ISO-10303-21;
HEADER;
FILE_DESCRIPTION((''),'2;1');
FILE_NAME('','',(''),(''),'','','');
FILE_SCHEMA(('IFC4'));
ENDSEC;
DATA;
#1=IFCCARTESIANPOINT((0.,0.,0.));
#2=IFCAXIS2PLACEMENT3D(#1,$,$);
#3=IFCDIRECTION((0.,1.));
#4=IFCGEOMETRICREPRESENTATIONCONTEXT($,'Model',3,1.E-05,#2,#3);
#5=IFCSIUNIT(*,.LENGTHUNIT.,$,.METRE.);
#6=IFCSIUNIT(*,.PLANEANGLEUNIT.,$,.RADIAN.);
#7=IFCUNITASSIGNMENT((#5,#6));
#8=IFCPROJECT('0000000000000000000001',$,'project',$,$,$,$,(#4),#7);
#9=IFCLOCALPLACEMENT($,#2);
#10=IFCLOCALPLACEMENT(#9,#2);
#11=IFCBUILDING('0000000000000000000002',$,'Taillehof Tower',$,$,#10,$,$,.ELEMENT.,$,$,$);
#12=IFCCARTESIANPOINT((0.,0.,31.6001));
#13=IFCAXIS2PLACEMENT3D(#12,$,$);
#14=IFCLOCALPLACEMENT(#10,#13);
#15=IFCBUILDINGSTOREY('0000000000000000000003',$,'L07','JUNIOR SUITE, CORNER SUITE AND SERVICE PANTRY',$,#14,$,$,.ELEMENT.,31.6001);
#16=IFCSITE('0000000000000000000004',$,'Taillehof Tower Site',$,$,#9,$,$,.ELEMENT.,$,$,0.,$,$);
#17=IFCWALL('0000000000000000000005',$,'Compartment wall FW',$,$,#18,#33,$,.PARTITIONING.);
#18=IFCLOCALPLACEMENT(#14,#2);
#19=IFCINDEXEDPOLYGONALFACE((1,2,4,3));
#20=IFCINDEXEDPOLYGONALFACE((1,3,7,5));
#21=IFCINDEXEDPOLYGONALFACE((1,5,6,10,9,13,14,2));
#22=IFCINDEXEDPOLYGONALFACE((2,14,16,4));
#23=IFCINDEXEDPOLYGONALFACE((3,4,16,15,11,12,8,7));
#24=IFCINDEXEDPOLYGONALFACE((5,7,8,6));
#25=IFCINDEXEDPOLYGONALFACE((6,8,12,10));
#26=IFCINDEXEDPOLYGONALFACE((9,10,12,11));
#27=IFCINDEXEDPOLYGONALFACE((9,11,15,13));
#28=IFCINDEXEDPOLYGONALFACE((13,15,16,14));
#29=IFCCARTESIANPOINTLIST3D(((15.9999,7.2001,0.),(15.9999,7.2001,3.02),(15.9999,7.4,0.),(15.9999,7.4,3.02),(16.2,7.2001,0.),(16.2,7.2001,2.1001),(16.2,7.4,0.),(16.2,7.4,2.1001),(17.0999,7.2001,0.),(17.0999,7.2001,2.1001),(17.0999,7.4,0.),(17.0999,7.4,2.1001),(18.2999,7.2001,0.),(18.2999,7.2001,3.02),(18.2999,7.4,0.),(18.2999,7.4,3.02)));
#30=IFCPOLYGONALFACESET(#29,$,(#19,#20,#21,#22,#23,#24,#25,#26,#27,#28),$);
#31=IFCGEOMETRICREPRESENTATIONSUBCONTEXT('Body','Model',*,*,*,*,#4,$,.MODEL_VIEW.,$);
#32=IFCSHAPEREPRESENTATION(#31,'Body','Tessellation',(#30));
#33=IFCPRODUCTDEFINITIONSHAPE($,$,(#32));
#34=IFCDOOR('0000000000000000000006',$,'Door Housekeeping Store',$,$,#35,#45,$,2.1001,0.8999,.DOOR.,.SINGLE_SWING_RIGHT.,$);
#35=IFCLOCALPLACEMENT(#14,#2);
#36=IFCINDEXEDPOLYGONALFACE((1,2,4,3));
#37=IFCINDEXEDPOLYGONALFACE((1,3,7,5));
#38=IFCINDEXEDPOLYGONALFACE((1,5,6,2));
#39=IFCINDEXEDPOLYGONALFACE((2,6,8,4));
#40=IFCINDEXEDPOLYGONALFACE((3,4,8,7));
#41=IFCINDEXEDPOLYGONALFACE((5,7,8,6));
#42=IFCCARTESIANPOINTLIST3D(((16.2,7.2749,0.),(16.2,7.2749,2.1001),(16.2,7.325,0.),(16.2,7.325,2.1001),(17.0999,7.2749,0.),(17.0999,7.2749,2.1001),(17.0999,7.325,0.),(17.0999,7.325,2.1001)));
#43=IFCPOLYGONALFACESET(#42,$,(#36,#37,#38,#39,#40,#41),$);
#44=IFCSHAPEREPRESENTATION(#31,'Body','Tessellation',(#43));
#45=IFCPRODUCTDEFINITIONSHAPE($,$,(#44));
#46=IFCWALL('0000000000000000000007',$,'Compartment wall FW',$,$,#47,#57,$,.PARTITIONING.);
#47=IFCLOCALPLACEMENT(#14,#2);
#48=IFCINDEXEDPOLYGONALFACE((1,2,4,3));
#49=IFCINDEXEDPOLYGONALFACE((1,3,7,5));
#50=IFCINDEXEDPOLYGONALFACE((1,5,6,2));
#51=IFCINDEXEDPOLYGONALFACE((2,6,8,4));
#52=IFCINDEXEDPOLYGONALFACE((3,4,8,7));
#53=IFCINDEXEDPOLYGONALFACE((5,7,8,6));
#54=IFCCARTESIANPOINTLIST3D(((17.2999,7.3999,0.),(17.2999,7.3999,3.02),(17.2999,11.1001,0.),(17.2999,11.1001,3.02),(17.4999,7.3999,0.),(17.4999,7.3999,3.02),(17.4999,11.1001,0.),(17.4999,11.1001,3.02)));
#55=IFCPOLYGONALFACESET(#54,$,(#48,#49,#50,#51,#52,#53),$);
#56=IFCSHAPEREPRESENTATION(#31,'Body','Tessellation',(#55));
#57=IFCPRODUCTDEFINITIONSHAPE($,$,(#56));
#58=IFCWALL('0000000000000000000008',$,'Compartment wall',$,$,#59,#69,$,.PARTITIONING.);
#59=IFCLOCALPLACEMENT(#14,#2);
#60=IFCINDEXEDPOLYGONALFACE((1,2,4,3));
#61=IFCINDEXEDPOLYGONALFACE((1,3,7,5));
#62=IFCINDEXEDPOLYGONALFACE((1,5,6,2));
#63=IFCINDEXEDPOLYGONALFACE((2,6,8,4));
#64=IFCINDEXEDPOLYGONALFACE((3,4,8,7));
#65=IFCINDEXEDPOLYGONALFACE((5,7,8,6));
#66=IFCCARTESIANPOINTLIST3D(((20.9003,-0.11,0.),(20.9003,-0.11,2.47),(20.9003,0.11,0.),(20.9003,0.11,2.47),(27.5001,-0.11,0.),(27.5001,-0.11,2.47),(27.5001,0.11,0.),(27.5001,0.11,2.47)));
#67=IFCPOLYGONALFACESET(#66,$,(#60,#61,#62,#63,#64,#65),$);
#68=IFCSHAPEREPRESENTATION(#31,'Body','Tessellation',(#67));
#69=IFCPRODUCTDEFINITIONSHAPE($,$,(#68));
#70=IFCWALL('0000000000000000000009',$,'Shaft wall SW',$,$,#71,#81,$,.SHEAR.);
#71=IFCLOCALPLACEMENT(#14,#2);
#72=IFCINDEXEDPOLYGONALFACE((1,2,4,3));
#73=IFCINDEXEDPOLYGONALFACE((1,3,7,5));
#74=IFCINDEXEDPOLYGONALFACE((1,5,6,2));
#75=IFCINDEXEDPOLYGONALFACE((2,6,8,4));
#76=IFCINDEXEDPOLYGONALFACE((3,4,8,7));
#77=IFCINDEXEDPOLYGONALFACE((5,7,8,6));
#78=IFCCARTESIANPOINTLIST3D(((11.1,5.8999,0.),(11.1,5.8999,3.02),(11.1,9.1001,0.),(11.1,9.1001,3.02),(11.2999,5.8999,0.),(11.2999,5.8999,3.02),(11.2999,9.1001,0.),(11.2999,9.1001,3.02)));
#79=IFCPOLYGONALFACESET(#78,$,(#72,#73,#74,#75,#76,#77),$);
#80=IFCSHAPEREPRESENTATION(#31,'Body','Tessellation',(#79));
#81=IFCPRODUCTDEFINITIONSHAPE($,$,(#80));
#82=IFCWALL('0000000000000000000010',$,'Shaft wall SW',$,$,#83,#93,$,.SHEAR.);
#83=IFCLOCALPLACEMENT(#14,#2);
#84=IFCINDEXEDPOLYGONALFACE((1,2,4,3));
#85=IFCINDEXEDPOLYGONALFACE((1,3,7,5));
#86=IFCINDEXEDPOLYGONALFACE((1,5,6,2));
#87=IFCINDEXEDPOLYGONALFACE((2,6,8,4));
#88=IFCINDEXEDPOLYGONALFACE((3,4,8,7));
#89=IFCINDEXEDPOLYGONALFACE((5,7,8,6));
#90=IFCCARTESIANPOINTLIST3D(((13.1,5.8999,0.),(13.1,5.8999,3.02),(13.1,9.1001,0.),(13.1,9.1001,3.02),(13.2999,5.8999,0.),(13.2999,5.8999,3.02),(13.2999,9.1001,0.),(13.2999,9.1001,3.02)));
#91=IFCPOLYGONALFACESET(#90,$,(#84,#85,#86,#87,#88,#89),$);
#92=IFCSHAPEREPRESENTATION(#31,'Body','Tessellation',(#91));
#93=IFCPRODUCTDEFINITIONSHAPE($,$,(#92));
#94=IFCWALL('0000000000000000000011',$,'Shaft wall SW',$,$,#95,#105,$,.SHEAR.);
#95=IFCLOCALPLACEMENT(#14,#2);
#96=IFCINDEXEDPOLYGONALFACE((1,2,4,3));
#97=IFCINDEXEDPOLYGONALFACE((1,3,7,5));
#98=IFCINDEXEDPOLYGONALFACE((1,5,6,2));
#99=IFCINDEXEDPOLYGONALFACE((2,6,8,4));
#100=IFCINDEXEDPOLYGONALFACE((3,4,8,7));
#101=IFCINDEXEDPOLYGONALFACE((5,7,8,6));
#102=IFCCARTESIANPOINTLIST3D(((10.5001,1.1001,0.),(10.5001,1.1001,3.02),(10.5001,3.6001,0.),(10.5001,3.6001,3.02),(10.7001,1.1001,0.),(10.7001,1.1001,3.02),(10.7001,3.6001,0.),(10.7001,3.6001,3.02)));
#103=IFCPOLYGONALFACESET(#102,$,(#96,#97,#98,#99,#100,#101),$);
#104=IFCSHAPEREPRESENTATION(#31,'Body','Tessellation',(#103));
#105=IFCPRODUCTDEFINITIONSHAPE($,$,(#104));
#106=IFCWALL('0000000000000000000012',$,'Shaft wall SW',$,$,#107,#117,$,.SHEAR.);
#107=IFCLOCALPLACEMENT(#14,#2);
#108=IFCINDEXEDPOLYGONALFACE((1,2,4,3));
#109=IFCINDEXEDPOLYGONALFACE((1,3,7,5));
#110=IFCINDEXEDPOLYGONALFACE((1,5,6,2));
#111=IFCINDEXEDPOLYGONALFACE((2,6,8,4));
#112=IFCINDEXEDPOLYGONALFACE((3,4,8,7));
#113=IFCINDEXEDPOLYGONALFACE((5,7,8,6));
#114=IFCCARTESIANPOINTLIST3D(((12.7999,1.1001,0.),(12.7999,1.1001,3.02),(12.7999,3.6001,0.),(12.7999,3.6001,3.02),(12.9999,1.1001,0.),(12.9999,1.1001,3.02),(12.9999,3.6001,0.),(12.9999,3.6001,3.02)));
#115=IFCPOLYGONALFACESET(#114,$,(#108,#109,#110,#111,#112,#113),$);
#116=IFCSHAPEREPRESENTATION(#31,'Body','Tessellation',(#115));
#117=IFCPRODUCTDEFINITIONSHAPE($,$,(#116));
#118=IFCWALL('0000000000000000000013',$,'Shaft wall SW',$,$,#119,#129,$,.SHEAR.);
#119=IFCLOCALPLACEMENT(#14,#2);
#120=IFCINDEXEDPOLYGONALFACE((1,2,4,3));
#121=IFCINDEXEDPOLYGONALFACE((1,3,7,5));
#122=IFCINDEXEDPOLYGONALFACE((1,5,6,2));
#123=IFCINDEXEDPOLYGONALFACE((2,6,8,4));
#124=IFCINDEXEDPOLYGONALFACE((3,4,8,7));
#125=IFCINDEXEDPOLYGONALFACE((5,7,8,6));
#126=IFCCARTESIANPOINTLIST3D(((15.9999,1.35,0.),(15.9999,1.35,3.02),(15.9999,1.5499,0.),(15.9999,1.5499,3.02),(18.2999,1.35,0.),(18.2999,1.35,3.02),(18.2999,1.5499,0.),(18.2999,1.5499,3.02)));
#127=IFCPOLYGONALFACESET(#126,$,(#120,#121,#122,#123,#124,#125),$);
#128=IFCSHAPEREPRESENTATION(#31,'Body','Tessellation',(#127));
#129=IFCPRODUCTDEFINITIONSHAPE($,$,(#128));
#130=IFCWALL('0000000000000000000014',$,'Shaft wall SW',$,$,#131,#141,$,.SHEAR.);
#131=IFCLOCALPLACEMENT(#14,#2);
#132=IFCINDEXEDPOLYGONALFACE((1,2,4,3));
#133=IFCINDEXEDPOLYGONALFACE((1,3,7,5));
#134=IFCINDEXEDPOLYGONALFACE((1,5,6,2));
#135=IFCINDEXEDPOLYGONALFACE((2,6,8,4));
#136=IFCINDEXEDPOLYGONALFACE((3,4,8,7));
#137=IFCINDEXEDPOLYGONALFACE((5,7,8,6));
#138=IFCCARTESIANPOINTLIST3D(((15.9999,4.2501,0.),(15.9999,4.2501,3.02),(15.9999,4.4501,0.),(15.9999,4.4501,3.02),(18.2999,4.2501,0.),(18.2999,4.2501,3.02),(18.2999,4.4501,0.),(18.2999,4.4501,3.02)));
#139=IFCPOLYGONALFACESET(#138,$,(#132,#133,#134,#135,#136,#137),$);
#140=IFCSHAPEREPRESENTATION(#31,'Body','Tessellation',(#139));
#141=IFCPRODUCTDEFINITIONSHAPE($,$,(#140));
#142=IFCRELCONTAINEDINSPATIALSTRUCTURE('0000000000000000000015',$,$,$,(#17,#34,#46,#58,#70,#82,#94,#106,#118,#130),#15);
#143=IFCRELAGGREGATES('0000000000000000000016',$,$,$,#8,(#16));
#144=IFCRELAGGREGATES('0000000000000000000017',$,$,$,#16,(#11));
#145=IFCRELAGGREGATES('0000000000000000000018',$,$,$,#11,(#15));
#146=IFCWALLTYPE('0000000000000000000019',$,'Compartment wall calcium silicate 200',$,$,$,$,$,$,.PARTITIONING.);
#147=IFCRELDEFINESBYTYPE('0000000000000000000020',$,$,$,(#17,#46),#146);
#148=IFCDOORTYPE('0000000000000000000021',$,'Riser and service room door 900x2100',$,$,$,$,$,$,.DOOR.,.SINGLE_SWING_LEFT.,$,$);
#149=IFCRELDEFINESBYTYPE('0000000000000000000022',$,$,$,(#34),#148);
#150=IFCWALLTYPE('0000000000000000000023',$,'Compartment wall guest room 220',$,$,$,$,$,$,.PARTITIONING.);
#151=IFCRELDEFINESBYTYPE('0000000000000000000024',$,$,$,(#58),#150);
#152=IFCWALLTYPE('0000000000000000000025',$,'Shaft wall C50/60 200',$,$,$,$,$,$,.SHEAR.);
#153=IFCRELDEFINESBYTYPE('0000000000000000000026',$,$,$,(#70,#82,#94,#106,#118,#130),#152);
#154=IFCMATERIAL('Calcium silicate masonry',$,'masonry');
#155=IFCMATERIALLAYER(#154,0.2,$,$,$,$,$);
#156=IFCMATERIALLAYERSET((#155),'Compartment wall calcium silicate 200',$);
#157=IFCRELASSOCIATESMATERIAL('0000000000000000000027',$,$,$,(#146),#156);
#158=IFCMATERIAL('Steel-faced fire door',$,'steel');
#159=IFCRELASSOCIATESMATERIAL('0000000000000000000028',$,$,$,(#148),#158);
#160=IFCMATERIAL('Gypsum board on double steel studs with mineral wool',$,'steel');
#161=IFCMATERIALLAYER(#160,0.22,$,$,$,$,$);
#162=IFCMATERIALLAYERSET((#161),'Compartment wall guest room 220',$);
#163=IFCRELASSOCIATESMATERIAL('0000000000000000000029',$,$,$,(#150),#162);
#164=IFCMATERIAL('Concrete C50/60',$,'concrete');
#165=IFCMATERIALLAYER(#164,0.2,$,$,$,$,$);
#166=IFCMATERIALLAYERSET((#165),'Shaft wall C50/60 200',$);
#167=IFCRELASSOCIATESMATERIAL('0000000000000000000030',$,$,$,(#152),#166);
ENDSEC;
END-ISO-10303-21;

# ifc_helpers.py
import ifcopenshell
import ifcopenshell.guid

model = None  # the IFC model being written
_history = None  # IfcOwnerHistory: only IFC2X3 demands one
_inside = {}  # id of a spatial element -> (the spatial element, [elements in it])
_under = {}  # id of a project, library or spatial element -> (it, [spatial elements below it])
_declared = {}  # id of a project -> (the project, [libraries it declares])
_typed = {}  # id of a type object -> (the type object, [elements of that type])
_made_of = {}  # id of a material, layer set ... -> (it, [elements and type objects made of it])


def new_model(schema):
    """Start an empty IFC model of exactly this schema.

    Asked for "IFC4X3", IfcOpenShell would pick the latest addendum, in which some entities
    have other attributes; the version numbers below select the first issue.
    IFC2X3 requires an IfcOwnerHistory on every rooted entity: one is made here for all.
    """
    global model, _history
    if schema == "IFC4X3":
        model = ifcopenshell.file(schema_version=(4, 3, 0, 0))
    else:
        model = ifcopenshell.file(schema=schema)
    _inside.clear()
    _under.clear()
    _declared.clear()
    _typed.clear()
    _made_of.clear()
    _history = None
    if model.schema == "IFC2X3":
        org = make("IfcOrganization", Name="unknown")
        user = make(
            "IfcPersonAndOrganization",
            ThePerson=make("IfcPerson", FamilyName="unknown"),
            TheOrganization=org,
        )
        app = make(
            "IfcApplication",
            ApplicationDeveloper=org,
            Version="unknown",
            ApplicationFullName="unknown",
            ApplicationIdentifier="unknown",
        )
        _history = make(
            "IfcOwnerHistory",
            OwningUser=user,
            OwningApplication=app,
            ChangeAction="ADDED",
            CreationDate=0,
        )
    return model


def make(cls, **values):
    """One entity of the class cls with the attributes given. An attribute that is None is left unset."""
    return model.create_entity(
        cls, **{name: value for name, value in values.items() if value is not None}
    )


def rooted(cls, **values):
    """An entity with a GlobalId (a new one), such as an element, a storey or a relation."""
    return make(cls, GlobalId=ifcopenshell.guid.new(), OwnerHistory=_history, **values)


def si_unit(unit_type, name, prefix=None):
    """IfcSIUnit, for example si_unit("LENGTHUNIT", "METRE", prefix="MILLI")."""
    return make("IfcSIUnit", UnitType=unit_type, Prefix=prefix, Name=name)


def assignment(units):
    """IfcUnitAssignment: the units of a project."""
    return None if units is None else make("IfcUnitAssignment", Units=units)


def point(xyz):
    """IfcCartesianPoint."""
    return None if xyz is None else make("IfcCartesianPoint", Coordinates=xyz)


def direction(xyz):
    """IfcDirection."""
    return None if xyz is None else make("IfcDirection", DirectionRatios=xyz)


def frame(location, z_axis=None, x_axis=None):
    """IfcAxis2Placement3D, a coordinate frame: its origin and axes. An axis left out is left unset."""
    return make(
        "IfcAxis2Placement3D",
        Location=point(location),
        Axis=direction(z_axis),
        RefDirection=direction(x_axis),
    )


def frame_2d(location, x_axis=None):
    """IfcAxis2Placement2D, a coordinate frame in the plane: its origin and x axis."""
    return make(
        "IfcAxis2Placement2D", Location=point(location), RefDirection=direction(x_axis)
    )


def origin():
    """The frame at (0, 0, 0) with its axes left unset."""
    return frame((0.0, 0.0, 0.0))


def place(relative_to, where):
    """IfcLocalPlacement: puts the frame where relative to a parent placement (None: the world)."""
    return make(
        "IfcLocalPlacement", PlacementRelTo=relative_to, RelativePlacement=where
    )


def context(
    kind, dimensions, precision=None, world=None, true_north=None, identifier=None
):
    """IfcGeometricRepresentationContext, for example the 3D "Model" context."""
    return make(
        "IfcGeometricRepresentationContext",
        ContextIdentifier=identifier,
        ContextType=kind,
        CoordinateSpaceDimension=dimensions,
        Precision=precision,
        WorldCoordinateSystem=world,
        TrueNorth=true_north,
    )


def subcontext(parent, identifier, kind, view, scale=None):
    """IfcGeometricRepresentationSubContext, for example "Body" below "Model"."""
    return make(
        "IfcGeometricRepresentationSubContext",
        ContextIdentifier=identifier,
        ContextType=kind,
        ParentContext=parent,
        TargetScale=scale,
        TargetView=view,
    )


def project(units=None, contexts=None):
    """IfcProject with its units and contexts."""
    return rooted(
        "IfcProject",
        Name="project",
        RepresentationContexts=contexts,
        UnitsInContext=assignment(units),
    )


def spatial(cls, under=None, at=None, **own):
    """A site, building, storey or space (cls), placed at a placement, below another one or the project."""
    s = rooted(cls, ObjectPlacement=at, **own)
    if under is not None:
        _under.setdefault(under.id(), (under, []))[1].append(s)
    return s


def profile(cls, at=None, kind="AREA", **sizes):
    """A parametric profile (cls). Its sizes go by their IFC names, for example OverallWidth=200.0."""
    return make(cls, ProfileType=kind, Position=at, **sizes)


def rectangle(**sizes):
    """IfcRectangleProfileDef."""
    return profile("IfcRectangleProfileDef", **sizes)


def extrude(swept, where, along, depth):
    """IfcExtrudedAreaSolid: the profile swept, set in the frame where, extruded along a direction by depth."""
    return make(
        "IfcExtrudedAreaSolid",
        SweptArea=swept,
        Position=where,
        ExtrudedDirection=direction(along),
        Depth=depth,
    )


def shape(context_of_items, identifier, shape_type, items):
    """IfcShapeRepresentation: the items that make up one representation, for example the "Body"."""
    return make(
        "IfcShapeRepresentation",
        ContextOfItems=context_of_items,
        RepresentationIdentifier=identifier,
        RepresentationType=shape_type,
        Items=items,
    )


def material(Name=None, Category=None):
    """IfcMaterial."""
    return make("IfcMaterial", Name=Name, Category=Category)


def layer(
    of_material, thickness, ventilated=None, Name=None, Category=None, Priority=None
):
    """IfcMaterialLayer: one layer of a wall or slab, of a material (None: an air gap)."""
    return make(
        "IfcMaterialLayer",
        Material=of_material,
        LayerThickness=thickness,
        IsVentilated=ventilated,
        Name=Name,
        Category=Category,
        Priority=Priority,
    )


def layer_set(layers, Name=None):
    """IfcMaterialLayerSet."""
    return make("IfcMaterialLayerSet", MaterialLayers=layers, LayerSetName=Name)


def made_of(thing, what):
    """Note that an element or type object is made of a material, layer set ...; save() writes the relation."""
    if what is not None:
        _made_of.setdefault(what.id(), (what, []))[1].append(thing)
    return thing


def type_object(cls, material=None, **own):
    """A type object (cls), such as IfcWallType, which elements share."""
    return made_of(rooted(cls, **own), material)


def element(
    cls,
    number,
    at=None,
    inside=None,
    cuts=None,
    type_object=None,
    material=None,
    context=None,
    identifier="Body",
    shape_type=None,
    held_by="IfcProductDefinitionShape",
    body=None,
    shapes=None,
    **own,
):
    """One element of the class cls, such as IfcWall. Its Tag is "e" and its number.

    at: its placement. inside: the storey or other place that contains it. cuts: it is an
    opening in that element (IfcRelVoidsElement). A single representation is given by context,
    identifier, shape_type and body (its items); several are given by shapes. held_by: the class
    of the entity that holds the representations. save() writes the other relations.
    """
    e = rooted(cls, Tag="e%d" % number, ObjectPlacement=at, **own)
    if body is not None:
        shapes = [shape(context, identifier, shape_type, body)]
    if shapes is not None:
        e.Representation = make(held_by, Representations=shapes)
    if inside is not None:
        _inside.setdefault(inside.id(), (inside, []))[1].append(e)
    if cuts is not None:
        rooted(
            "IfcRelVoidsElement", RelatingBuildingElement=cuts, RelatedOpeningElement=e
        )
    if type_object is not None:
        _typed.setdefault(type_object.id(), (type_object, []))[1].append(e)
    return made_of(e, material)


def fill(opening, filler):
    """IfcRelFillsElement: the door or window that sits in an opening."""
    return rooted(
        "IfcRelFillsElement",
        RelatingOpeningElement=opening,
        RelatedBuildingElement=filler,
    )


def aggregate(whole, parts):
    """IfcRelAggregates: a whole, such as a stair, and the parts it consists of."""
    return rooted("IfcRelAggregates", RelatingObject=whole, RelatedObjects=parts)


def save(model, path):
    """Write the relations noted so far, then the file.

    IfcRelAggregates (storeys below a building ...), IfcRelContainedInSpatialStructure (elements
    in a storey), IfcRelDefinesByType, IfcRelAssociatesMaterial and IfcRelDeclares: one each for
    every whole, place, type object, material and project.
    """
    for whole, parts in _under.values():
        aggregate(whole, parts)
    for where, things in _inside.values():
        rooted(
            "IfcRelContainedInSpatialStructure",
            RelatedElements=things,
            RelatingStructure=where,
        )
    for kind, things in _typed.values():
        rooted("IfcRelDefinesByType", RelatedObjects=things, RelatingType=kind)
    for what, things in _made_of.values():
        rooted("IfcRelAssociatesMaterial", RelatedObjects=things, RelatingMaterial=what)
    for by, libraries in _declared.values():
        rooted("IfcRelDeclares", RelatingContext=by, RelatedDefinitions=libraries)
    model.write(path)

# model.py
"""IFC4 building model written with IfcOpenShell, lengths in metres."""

from ifc_helpers import new_model, si_unit, direction, frame, frame_2d, origin, place, context, subcontext, project, spatial, rectangle, extrude, material, layer, layer_set, type_object, element, fill, save


model = new_model("IFC4")

# Units and contexts
model_context = context("Model", 3, precision=1e-05, world=origin(), true_north=direction((0.0, 1.0)))
body_context = subcontext(model_context, "Body", "Model", "MODEL_VIEW")
ifc_project = project(units=[si_unit("LENGTHUNIT", "METRE"), si_unit("PLANEANGLEUNIT", "RADIAN")], contexts=[model_context])

# Site, building, storey
site_placement = place(None, origin())
site = spatial("IfcSite", under=ifc_project, at=site_placement, Name="Taillehof Tower Site", CompositionType="ELEMENT", RefElevation=0.0)
building_placement = place(site_placement, origin())
building = spatial("IfcBuilding", under=site, at=building_placement, Name="Taillehof Tower", CompositionType="ELEMENT")
storey_placement = place(building_placement, frame((0.0, 0.0, 31.6001)))
storey = spatial("IfcBuildingStorey", under=building, at=storey_placement, Name="L07", Description="JUNIOR SUITE, CORNER SUITE AND SERVICE PANTRY", CompositionType="ELEMENT", Elevation=31.6001)

# Wall, opening, door
ifc_material_1 = material(Name="Calcium silicate masonry", Category="masonry")
ifc_layer_1 = layer(ifc_material_1, 0.2)
ifc_layer_set_1 = layer_set([ifc_layer_1], Name="Compartment wall calcium silicate 200")
wall_type_1 = type_object("IfcWallType", Name="Compartment wall calcium silicate 200", PredefinedType="PARTITIONING", material=ifc_layer_set_1)
wall_1_placement = place(storey_placement, frame((16.0, 7.3, 0.0), z_axis=(0.0, 0.0, 1.0), x_axis=(1.0, 0.0, 0.0)))
wall_1 = element("IfcWall", 1, at=wall_1_placement, inside=storey, type_object=wall_type_1, Name="Compartment wall FW", PredefinedType="PARTITIONING", context=body_context, shape_type="SweptSolid", body=[
    extrude(rectangle(XDim=2.3, YDim=0.2, at=frame_2d((1.1499, 0.0))), origin(), (0.0, 0.0, 1.0), 3.02),
])
opening_1_placement = place(wall_1_placement, frame((0.2, 0.0, 0.0)))
opening_1 = element("IfcOpeningElement", 2, at=opening_1_placement, cuts=wall_1, PredefinedType="OPENING", context=body_context, shape_type="SweptSolid", body=[
    extrude(rectangle(XDim=0.8999, YDim=2.1001, at=frame_2d((0.45, 1.05))), frame((0.0, 0.1099, 0.0), z_axis=(0.0, -1.0, 0.0), x_axis=(1.0, 0.0, 0.0)), (0.0, 0.0, 1.0), 0.22),
])
ifc_material_2 = material(Name="Steel-faced fire door", Category="steel")
door_type = type_object("IfcDoorType", Name="Riser and service room door 900x2100", OperationType="SINGLE_SWING_LEFT", PredefinedType="DOOR", material=ifc_material_2)
door_placement = place(opening_1_placement, origin())
door = element("IfcDoor", 3, at=door_placement, inside=storey, type_object=door_type, Name="Door Housekeeping Store", OperationType="SINGLE_SWING_RIGHT", OverallHeight=2.1001, OverallWidth=0.8999, PredefinedType="DOOR", context=body_context, shape_type="SweptSolid", body=[
    extrude(rectangle(XDim=0.8999, YDim=2.1001, at=frame_2d((0.45, 1.05))), frame((0.0, 0.0249, 0.0), z_axis=(0.0, -1.0, 0.0), x_axis=(1.0, 0.0, 0.0)), (0.0, 0.0, 1.0), 0.05),
])
fill(opening_1, door)

# Walls
wall_2_placement = place(storey_placement, frame((17.3999, 7.3999, 0.0), z_axis=(0.0, 0.0, 1.0), x_axis=(0.0, 1.0, 0.0)))
element("IfcWall", 4, at=wall_2_placement, inside=storey, type_object=wall_type_1, Name="Compartment wall FW", PredefinedType="PARTITIONING", context=body_context, shape_type="SweptSolid", body=[
    extrude(rectangle(XDim=3.7002, YDim=0.2, at=frame_2d((1.8501, 0.0))), origin(), (0.0, 0.0, 1.0), 3.02),
])
ifc_material_3 = material(Name="Gypsum board on double steel studs with mineral wool", Category="steel")
ifc_layer_2 = layer(ifc_material_3, 0.22)
ifc_layer_set_2 = layer_set([ifc_layer_2], Name="Compartment wall guest room 220")
wall_type_2 = type_object("IfcWallType", Name="Compartment wall guest room 220", PredefinedType="PARTITIONING", material=ifc_layer_set_2)
wall_3_placement = place(storey_placement, frame((27.5, 0.0, 0.0), z_axis=(0.0, 0.0, 1.0), x_axis=(-1.0, 0.0, 0.0)))
element("IfcWall", 5, at=wall_3_placement, inside=storey, type_object=wall_type_2, Name="Compartment wall", PredefinedType="PARTITIONING", context=body_context, shape_type="SweptSolid", body=[
    extrude(rectangle(XDim=6.5999, YDim=0.22, at=frame_2d((3.2998, 0.0))), origin(), (0.0, 0.0, 1.0), 2.47),
])
ifc_material_4 = material(Name="Concrete C50/60", Category="concrete")
ifc_layer_3 = layer(ifc_material_4, 0.2)
ifc_layer_set_3 = layer_set([ifc_layer_3], Name="Shaft wall C50/60 200")
wall_type_3 = type_object("IfcWallType", Name="Shaft wall C50/60 200", PredefinedType="SHEAR", material=ifc_layer_set_3)
for number, where, z_axis, x_axis, name in (
    (6, (11.2, 5.8999, 0.0), (0.0, 0.0, 1.0), (0.0, 1.0, 0.0), "Shaft wall SW"),
    (7, (13.2, 5.8999, 0.0), (0.0, 0.0, 1.0), (0.0, 1.0, 0.0), "Shaft wall SW"),
):
    element("IfcWall", number, at=place(storey_placement, frame(where, z_axis=z_axis, x_axis=x_axis)), inside=storey, type_object=wall_type_3, Name=name, PredefinedType="SHEAR", context=body_context, shape_type="SweptSolid", body=[
        extrude(rectangle(XDim=3.2002, YDim=0.2, at=frame_2d((1.6001, 0.0))), origin(), (0.0, 0.0, 1.0), 3.02),
    ])
for number, where, z_axis, x_axis, name in (
    (8, (10.6001, 1.1001, 0.0), (0.0, 0.0, 1.0), (0.0, 1.0, 0.0), "Shaft wall SW"),
    (9, (12.8999, 1.1001, 0.0), (0.0, 0.0, 1.0), (0.0, 1.0, 0.0), "Shaft wall SW"),
):
    element("IfcWall", number, at=place(storey_placement, frame(where, z_axis=z_axis, x_axis=x_axis)), inside=storey, type_object=wall_type_3, Name=name, PredefinedType="SHEAR", context=body_context, shape_type="SweptSolid", body=[
        extrude(rectangle(XDim=2.5, YDim=0.2, at=frame_2d((1.25, 0.0))), origin(), (0.0, 0.0, 1.0), 3.02),
    ])
for number, where, z_axis, x_axis, name in (
    (10, (16.0, 1.45, 0.0), (0.0, 0.0, 1.0), (1.0, 0.0, 0.0), "Shaft wall SW"),
    (11, (16.0, 4.3501, 0.0), (0.0, 0.0, 1.0), (1.0, 0.0, 0.0), "Shaft wall SW"),
):
    element("IfcWall", number, at=place(storey_placement, frame(where, z_axis=z_axis, x_axis=x_axis)), inside=storey, type_object=wall_type_3, Name=name, PredefinedType="SHEAR", context=body_context, shape_type="SweptSolid", body=[
        extrude(rectangle(XDim=2.3, YDim=0.2, at=frame_2d((1.1499, 0.0))), origin(), (0.0, 0.0, 1.0), 3.02),
    ])

save(model, "model.ifc")
